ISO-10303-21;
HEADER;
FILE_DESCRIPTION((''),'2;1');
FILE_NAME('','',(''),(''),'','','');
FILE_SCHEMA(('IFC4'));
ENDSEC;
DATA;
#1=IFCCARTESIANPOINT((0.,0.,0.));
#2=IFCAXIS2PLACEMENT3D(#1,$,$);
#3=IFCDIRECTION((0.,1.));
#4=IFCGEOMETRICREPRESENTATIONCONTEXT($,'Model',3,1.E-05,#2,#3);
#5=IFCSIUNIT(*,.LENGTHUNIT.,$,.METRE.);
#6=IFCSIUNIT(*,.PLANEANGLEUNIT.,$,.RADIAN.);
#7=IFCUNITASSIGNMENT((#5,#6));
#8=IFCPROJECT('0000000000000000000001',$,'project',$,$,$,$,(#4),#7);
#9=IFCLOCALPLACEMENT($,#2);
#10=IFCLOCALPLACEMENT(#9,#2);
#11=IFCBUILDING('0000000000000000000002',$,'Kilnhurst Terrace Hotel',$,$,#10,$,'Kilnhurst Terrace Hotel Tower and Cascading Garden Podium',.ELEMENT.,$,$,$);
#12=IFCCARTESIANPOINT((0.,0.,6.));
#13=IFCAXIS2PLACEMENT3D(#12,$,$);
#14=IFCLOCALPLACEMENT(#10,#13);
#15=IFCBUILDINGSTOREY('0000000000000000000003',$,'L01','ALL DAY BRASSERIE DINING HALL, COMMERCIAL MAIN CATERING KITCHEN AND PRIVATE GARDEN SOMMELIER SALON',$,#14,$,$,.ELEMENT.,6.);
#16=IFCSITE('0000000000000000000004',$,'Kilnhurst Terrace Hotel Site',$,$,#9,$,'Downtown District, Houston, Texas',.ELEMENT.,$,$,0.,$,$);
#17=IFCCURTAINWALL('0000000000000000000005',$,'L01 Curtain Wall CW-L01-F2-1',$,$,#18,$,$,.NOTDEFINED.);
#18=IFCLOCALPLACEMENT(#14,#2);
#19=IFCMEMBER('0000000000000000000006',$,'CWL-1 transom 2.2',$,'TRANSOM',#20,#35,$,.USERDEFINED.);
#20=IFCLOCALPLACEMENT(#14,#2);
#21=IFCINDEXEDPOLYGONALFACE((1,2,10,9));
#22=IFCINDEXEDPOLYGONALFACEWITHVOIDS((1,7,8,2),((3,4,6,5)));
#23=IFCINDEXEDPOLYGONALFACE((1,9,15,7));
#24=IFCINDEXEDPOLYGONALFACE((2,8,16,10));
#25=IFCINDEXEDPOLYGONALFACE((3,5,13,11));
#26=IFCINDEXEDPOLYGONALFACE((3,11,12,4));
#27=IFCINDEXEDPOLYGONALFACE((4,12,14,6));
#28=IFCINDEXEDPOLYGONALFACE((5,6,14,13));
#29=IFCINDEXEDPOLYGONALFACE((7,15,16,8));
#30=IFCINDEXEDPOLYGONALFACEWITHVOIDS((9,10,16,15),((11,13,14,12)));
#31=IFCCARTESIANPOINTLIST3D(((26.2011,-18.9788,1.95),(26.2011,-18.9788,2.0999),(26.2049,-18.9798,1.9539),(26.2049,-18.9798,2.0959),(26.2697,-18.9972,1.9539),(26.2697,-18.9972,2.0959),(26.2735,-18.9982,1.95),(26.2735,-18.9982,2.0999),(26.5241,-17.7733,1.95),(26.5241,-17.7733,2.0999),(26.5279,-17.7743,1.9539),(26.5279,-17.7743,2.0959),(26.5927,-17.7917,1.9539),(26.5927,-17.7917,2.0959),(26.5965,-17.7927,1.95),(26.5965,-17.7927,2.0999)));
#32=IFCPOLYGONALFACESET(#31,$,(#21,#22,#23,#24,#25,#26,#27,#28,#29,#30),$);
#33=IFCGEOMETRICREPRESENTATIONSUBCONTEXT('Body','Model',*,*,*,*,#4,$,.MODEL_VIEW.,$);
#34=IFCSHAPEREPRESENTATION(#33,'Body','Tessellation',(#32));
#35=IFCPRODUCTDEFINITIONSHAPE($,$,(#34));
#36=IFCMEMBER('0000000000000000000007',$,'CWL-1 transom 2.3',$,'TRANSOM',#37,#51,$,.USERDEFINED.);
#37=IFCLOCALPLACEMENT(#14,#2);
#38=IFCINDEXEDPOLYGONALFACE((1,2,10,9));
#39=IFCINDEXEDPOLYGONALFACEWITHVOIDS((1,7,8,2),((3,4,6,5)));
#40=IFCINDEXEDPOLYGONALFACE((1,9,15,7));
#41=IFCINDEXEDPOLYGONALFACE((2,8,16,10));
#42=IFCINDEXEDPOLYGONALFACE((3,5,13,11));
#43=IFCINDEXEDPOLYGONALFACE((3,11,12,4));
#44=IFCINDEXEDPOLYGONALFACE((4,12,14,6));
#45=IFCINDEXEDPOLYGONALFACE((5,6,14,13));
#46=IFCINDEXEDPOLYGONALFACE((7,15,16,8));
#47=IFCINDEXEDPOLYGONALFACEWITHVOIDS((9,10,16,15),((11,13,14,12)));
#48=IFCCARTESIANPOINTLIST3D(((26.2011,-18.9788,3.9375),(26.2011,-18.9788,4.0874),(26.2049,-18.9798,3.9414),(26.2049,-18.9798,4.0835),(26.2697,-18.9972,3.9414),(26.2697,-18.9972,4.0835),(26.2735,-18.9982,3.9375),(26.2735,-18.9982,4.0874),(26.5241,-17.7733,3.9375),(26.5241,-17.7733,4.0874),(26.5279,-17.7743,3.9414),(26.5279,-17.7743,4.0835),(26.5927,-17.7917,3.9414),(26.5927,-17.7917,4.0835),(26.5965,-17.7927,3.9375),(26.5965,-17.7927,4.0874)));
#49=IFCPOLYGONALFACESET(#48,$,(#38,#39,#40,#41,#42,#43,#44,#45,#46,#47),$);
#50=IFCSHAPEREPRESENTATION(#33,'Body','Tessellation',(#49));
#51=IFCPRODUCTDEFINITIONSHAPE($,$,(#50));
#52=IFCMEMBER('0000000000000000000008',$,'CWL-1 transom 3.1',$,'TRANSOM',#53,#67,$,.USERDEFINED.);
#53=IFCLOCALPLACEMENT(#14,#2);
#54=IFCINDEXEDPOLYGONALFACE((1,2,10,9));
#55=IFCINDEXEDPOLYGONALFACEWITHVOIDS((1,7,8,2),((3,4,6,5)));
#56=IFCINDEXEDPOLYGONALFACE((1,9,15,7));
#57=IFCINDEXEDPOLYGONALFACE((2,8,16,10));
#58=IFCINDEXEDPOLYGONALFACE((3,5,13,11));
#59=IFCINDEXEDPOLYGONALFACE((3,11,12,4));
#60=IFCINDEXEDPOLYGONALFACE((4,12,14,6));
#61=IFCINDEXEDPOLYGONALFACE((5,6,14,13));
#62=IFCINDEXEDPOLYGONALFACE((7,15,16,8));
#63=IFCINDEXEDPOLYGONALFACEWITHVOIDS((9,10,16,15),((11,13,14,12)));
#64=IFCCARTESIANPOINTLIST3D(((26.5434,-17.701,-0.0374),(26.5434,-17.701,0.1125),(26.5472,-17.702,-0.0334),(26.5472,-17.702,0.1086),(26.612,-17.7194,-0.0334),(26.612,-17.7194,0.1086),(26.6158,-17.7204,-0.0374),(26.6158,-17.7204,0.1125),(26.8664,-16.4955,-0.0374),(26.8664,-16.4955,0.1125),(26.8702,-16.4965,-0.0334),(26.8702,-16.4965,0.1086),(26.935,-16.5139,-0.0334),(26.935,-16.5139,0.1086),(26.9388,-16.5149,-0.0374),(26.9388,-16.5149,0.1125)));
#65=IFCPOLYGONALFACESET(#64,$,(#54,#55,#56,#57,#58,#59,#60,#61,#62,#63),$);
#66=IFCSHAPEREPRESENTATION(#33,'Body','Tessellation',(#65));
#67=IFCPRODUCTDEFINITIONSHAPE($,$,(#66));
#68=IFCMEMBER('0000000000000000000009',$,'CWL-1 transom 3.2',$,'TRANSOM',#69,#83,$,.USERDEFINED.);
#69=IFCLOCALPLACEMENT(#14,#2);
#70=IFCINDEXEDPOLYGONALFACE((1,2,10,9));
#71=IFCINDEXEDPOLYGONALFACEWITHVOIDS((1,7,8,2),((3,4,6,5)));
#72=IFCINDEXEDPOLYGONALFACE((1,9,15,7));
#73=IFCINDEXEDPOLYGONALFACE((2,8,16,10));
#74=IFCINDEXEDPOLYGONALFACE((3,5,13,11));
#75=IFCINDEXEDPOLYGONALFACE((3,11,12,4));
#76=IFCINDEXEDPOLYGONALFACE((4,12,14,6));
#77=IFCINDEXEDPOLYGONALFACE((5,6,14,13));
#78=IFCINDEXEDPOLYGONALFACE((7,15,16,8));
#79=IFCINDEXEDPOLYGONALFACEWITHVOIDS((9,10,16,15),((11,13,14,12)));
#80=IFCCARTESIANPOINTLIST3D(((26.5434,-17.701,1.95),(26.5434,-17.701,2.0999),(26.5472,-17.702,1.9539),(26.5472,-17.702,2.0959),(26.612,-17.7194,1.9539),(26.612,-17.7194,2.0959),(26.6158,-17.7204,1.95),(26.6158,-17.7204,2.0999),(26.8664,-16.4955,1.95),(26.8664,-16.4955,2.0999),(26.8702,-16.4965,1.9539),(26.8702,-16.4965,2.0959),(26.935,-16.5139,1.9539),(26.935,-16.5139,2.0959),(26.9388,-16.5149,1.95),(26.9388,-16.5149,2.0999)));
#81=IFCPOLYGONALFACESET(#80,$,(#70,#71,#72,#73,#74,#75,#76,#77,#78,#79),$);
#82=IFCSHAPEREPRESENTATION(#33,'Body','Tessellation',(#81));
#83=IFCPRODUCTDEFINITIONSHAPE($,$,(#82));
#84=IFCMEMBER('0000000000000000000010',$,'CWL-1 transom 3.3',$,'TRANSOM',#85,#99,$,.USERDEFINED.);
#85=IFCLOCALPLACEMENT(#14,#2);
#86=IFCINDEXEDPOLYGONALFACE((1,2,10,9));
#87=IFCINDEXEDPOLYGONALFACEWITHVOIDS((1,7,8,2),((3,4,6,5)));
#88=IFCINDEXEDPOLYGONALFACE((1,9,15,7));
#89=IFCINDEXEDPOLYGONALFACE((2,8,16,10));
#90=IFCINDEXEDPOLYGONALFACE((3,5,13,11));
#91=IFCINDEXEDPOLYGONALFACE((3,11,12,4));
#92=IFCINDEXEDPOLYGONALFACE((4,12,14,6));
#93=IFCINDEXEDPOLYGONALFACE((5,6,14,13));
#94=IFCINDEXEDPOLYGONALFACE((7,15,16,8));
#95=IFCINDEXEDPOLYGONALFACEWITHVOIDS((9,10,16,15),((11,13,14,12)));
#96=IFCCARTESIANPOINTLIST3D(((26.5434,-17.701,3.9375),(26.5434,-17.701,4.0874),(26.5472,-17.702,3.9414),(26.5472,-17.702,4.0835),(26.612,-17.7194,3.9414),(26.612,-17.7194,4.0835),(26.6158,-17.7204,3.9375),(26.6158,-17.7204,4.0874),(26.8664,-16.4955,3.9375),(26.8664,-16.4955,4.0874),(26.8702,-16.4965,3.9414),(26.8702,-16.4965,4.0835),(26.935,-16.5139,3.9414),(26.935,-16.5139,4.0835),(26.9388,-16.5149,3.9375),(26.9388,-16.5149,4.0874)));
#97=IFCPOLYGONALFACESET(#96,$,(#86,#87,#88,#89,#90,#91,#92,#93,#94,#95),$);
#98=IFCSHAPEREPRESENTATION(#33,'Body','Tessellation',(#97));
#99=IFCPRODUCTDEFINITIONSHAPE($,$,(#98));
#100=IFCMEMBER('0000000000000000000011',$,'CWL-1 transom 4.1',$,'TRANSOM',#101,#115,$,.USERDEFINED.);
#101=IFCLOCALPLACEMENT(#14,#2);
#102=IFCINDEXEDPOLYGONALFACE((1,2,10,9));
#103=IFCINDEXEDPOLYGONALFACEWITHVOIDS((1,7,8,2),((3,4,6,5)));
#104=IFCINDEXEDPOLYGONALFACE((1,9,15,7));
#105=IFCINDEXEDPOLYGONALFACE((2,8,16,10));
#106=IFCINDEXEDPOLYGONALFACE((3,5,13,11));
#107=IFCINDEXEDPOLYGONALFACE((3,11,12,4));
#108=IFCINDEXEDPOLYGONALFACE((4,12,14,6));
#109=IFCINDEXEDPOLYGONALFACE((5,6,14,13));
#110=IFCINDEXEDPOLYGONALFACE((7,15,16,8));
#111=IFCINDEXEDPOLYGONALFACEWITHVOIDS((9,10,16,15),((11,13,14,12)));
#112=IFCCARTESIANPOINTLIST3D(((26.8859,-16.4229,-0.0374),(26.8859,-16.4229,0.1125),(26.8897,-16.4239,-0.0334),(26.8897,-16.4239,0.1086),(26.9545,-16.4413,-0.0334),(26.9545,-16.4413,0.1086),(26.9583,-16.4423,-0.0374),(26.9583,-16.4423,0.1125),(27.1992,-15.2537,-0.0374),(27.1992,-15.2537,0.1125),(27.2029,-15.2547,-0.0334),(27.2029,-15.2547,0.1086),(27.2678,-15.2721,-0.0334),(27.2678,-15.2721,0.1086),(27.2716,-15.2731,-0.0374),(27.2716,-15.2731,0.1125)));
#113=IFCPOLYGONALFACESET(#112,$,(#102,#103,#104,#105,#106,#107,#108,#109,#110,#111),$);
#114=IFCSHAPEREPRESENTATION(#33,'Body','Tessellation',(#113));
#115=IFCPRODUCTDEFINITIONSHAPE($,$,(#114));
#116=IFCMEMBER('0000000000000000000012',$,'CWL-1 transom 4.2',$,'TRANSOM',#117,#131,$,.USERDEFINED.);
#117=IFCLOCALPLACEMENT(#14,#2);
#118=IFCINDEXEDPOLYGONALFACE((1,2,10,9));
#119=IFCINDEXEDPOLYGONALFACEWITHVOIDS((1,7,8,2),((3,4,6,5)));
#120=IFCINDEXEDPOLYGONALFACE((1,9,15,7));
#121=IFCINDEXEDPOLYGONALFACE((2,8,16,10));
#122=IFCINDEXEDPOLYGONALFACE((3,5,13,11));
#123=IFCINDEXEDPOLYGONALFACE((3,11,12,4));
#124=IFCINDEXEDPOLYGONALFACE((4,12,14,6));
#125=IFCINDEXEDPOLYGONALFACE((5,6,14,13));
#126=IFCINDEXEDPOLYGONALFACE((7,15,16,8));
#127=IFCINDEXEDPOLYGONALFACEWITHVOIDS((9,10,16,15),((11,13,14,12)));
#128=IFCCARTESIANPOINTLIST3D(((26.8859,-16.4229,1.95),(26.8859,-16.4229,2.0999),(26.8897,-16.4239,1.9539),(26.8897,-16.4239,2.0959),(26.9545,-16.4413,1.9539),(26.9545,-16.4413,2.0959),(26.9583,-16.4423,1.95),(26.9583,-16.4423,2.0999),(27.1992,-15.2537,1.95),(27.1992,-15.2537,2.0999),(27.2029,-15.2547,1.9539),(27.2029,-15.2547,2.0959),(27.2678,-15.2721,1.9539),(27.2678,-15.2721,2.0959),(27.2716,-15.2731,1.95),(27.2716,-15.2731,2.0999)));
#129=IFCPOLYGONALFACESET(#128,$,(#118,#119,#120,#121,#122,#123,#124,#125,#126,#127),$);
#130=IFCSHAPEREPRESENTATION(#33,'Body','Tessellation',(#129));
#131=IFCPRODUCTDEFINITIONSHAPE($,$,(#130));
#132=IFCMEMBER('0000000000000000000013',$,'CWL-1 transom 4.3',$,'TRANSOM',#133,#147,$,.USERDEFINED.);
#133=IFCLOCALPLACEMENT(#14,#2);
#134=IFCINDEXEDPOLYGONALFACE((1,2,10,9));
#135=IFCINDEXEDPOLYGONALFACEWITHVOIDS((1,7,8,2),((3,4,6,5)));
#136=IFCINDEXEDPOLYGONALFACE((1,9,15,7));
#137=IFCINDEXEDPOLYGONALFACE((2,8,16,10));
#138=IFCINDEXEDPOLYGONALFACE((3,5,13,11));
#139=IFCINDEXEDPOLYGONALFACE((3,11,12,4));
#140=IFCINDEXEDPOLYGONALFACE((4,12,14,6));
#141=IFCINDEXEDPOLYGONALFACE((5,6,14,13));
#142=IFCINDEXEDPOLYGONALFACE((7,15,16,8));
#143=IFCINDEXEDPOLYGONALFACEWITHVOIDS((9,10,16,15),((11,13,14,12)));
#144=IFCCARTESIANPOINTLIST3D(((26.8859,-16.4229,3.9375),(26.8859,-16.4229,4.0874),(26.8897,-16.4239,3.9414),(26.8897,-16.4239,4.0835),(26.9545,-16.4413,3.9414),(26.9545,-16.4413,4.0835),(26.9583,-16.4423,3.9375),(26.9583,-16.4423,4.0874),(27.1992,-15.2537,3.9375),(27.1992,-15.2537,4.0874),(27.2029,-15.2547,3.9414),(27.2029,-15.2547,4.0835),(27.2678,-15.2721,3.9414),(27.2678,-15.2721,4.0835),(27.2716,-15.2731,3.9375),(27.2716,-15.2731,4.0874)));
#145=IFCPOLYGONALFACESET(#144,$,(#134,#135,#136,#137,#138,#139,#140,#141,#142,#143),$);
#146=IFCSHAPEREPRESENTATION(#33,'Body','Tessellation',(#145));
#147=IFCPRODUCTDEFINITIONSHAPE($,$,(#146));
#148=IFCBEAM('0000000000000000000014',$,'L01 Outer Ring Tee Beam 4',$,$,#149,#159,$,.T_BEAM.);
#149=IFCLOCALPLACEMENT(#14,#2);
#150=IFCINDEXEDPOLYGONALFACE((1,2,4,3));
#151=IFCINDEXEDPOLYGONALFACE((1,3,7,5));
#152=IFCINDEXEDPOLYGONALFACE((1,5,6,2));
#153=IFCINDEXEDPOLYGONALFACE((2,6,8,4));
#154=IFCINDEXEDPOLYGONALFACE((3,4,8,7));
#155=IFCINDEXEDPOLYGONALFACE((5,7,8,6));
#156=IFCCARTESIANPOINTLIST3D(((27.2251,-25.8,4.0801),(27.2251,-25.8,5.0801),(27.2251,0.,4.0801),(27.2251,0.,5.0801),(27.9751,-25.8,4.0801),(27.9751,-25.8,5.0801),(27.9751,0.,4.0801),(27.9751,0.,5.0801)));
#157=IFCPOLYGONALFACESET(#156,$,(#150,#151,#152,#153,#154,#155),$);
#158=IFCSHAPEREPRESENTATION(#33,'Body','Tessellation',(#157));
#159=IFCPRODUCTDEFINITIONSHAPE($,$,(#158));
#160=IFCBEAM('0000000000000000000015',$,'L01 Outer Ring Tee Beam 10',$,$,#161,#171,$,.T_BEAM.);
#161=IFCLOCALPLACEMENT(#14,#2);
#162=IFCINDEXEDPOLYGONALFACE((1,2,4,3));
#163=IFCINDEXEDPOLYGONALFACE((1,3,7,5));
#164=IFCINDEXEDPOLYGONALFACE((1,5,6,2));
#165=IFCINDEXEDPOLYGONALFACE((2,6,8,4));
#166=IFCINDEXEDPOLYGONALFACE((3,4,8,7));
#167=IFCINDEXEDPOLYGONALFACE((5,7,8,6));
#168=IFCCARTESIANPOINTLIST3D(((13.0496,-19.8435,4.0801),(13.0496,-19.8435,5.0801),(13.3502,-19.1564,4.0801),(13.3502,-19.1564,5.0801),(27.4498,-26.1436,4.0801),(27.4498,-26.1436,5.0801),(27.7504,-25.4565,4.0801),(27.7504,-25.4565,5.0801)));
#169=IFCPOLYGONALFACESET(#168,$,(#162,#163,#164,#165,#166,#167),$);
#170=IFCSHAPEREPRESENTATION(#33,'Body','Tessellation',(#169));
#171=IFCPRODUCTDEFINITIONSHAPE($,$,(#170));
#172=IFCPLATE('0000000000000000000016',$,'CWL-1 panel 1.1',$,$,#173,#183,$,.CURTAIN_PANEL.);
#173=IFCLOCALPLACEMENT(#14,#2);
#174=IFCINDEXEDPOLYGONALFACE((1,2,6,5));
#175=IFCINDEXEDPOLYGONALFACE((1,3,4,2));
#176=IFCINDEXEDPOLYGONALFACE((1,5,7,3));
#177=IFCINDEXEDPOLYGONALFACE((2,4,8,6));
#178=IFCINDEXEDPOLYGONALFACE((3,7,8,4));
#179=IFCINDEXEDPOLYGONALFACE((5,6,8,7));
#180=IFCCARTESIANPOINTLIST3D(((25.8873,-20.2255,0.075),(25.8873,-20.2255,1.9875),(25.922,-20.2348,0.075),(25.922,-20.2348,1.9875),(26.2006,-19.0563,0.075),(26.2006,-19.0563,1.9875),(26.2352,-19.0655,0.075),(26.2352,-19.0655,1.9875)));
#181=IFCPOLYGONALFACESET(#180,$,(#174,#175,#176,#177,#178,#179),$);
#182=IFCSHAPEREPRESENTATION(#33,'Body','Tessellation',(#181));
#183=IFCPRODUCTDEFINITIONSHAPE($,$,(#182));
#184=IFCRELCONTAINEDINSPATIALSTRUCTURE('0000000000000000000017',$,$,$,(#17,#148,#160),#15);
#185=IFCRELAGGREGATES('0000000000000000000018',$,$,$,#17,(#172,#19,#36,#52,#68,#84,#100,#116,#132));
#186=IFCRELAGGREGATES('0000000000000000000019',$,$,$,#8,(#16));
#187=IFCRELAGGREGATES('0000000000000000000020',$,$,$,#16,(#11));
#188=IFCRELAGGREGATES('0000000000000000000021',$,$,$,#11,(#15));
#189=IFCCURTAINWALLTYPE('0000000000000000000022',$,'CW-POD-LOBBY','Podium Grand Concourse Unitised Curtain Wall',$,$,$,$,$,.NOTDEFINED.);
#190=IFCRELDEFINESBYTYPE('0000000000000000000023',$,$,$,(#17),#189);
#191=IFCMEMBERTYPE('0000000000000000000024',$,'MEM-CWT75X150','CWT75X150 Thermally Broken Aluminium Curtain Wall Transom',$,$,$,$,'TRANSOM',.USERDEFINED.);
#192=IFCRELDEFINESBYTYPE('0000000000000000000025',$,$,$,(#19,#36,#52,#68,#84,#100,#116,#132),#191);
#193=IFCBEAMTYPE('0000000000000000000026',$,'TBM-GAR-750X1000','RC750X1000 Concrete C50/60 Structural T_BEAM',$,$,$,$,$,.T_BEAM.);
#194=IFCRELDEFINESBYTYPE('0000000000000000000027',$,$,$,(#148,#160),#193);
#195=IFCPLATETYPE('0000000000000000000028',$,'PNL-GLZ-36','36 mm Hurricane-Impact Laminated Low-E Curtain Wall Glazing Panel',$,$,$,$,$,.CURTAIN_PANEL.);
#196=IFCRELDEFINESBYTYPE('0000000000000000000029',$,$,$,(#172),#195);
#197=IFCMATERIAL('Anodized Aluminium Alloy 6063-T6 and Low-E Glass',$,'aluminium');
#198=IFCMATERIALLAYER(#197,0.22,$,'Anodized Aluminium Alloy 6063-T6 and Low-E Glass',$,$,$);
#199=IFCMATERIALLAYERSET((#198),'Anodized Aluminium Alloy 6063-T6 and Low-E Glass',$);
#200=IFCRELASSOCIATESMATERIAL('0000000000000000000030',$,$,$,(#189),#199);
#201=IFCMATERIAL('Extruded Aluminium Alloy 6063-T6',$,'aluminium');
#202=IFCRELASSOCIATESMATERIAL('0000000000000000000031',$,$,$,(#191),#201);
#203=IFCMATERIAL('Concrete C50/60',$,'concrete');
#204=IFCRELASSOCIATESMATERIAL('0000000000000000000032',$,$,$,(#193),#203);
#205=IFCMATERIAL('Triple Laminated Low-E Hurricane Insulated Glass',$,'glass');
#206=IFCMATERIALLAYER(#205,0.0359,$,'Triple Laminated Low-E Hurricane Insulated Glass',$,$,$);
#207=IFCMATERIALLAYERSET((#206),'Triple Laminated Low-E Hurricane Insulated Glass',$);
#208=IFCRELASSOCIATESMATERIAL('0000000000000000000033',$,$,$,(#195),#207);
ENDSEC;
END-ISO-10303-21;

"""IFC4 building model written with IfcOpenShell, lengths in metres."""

from ifc_helpers import new_model, si_unit, direction, frame, origin, origin_2d, place, context, subcontext, project, spatial, rectangle, hollow_rectangle, extrude, material, layer, layer_set, material_profile, profile_set, type_object, element, aggregate, save


model = new_model("IFC4")

# Units and contexts
model_context = context("Model", 3, precision=1e-05, world=origin(), true_north=direction((0.0, 1.0)))
body_context = subcontext(model_context, "Body", "Model", "MODEL_VIEW")
ifc_project = project(units=[si_unit("LENGTHUNIT", "METRE"), si_unit("PLANEANGLEUNIT", "RADIAN")], contexts=[model_context])

# Site, building, storey
site_placement = place(None, origin())
site = spatial("IfcSite", under=ifc_project, at=site_placement, Name="Kilnhurst Terrace Hotel Site", LongName="Downtown District, Houston, Texas", CompositionType="ELEMENT", RefElevation=0.0)
building_placement = place(site_placement, origin())
building = spatial("IfcBuilding", under=site, at=building_placement, Name="Kilnhurst Terrace Hotel", LongName="Kilnhurst Terrace Hotel Tower and Cascading Garden Podium", CompositionType="ELEMENT")
storey_placement = place(building_placement, frame((0.0, 0.0, 6.0)))
storey = spatial("IfcBuildingStorey", under=building, at=storey_placement, Name="L01", Description="ALL DAY BRASSERIE DINING HALL, COMMERCIAL MAIN CATERING KITCHEN AND PRIVATE GARDEN SOMMELIER SALON", CompositionType="ELEMENT", Elevation=6.0)

# Curtain wall, members
ifc_material_1 = material(Name="Anodized Aluminium Alloy 6063-T6 and Low-E Glass", Category="aluminium")
ifc_layer_1 = layer(ifc_material_1, 0.22, Name="Anodized Aluminium Alloy 6063-T6 and Low-E Glass")
ifc_layer_set_1 = layer_set([ifc_layer_1], Name="Anodized Aluminium Alloy 6063-T6 and Low-E Glass")
curtain_wall_type = type_object("IfcCurtainWallType", Name="CW-POD-LOBBY", Description="Podium Grand Concourse Unitised Curtain Wall", PredefinedType="NOTDEFINED", material=ifc_layer_set_1)
curtain_wall_placement = place(storey_placement, origin())
curtain_wall = element("IfcCurtainWall", 1, at=curtain_wall_placement, inside=storey, type_object=curtain_wall_type, Name="L01 Curtain Wall CW-L01-F2-1", PredefinedType="NOTDEFINED")
ifc_material_2 = material(Name="Extruded Aluminium Alloy 6063-T6", Category="aluminium")
ifc_material_profile_1 = material_profile(ifc_material_2, hollow_rectangle(XDim=0.075, YDim=0.1499, WallThickness=0.0039, at=origin_2d()), Name="CWT75X150")
ifc_profile_set_1 = profile_set([ifc_material_profile_1], Name="Extruded Aluminium Alloy 6063-T6")
member_type_1 = type_object("IfcMemberType", Name="MEM-CWT75X150", Description="CWT75X150 Thermally Broken Aluminium Curtain Wall Transom", ElementType="TRANSOM", PredefinedType="USERDEFINED", material=ifc_profile_set_1)
member_1_placement = place(storey_placement, frame((26.2373, -18.9885, 2.0249), z_axis=(0.258795, 0.965932, 0.0), x_axis=(-0.965932, 0.258795, 0.0)))
member_1 = element("IfcMember", 2, at=member_1_placement, type_object=member_type_1, Name="CWL-1 transom 2.2", ObjectType="TRANSOM", PredefinedType="USERDEFINED", context=body_context, shape_type="SweptSolid", body=[
    extrude(hollow_rectangle(XDim=0.075, YDim=0.1499, WallThickness=0.0039, at=origin_2d()), origin(), (0.0, 0.0, 1.0), 1.248),
])
member_2_placement = place(storey_placement, frame((26.2373, -18.9885, 4.0125), z_axis=(0.258795, 0.965932, 0.0), x_axis=(-0.965932, 0.258795, 0.0)))
member_2 = element("IfcMember", 3, at=member_2_placement, type_object=member_type_1, Name="CWL-1 transom 2.3", ObjectType="TRANSOM", PredefinedType="USERDEFINED", context=body_context, shape_type="SweptSolid", body=[
    extrude(hollow_rectangle(XDim=0.075, YDim=0.1499, WallThickness=0.0039, at=origin_2d()), origin(), (0.0, 0.0, 1.0), 1.248),
])
member_3_placement = place(storey_placement, frame((26.5796, -17.7107, 0.0376), z_axis=(0.258795, 0.965932, 0.0), x_axis=(-0.965932, 0.258795, 0.0)))
member_3 = element("IfcMember", 4, at=member_3_placement, type_object=member_type_1, Name="CWL-1 transom 3.1", ObjectType="TRANSOM", PredefinedType="USERDEFINED", context=body_context, shape_type="SweptSolid", body=[
    extrude(hollow_rectangle(XDim=0.075, YDim=0.1499, WallThickness=0.0039, at=origin_2d()), origin(), (0.0, 0.0, 1.0), 1.248),
])
member_4_placement = place(storey_placement, frame((26.5796, -17.7107, 2.0249), z_axis=(0.258795, 0.965932, 0.0), x_axis=(-0.965932, 0.258795, 0.0)))
member_4 = element("IfcMember", 5, at=member_4_placement, type_object=member_type_1, Name="CWL-1 transom 3.2", ObjectType="TRANSOM", PredefinedType="USERDEFINED", context=body_context, shape_type="SweptSolid", body=[
    extrude(hollow_rectangle(XDim=0.075, YDim=0.1499, WallThickness=0.0039, at=origin_2d()), origin(), (0.0, 0.0, 1.0), 1.248),
])
member_5_placement = place(storey_placement, frame((26.5796, -17.7107, 4.0125), z_axis=(0.258795, 0.965932, 0.0), x_axis=(-0.965932, 0.258795, 0.0)))
member_5 = element("IfcMember", 6, at=member_5_placement, type_object=member_type_1, Name="CWL-1 transom 3.3", ObjectType="TRANSOM", PredefinedType="USERDEFINED", context=body_context, shape_type="SweptSolid", body=[
    extrude(hollow_rectangle(XDim=0.075, YDim=0.1499, WallThickness=0.0039, at=origin_2d()), origin(), (0.0, 0.0, 1.0), 1.248),
])
member_6_placement = place(storey_placement, frame((26.9221, -16.4326, 0.0376), z_axis=(0.25878, 0.965936, 0.0), x_axis=(-0.965936, 0.25878, 0.0)))
member_6 = element("IfcMember", 7, at=member_6_placement, type_object=member_type_1, Name="CWL-1 transom 4.1", ObjectType="TRANSOM", PredefinedType="USERDEFINED", context=body_context, shape_type="SweptSolid", body=[
    extrude(hollow_rectangle(XDim=0.075, YDim=0.1499, WallThickness=0.0039, at=origin_2d()), origin(), (0.0, 0.0, 1.0), 1.2104),
])
member_7_placement = place(storey_placement, frame((26.9221, -16.4326, 2.0249), z_axis=(0.25878, 0.965936, 0.0), x_axis=(-0.965936, 0.25878, 0.0)))
member_7 = element("IfcMember", 8, at=member_7_placement, type_object=member_type_1, Name="CWL-1 transom 4.2", ObjectType="TRANSOM", PredefinedType="USERDEFINED", context=body_context, shape_type="SweptSolid", body=[
    extrude(hollow_rectangle(XDim=0.075, YDim=0.1499, WallThickness=0.0039, at=origin_2d()), origin(), (0.0, 0.0, 1.0), 1.2104),
])
member_8_placement = place(storey_placement, frame((26.9221, -16.4326, 4.0125), z_axis=(0.25878, 0.965936, 0.0), x_axis=(-0.965936, 0.25878, 0.0)))
member_8 = element("IfcMember", 9, at=member_8_placement, type_object=member_type_1, Name="CWL-1 transom 4.3", ObjectType="TRANSOM", PredefinedType="USERDEFINED", context=body_context, shape_type="SweptSolid", body=[
    extrude(hollow_rectangle(XDim=0.075, YDim=0.1499, WallThickness=0.0039, at=origin_2d()), origin(), (0.0, 0.0, 1.0), 1.2104),
])

# Beams
ifc_material_3 = material(Name="Concrete C50/60", Category="concrete")
ifc_material_profile_2 = material_profile(ifc_material_3, rectangle(XDim=0.75, YDim=1.0, at=origin_2d()), Name="RC750X1000")
ifc_profile_set_2 = profile_set([ifc_material_profile_2], Name="Concrete C50/60")
beam_type = type_object("IfcBeamType", Name="TBM-GAR-750X1000", Description="RC750X1000 Concrete C50/60 Structural T_BEAM", PredefinedType="T_BEAM", material=ifc_profile_set_2)
beam_1_placement = place(storey_placement, frame((27.6001, -25.8, 4.5801), z_axis=(0.0, 1.0, 0.0), x_axis=(-1.0, 0.0, 0.0)))
element("IfcBeam", 10, at=beam_1_placement, inside=storey, type_object=beam_type, Name="L01 Outer Ring Tee Beam 4", PredefinedType="T_BEAM", context=body_context, shape_type="SweptSolid", body=[
    extrude(rectangle(XDim=0.75, YDim=1.0, at=origin_2d()), origin(), (0.0, 0.0, 1.0), 25.8),
])
beam_2_placement = place(storey_placement, frame((27.6001, -25.8, 4.5801), z_axis=(-0.916158, 0.400818, 0.0), x_axis=(-0.400818, -0.916158, 0.0)))
element("IfcBeam", 11, at=beam_2_placement, inside=storey, type_object=beam_type, Name="L01 Outer Ring Tee Beam 10", PredefinedType="T_BEAM", context=body_context, shape_type="SweptSolid", body=[
    extrude(rectangle(XDim=0.75, YDim=1.0, at=origin_2d()), origin(), (0.0, 0.0, 1.0), 15.718),
])

# Plate
ifc_material_4 = material(Name="Triple Laminated Low-E Hurricane Insulated Glass", Category="glass")
ifc_layer_2 = layer(ifc_material_4, 0.0359, Name="Triple Laminated Low-E Hurricane Insulated Glass")
ifc_layer_set_2 = layer_set([ifc_layer_2], Name="Triple Laminated Low-E Hurricane Insulated Glass")
plate_type = type_object("IfcPlateType", Name="PNL-GLZ-36", Description="36 mm Hurricane-Impact Laminated Low-E Curtain Wall Glazing Panel", PredefinedType="CURTAIN_PANEL", material=ifc_layer_set_2)
plate_1_placement = place(storey_placement, frame((26.0613, -19.6455, 0.075), z_axis=(0.0, 0.0, 1.0), x_axis=(0.258806, 0.965929, 0.0)))
plate_1 = element("IfcPlate", 12, at=plate_1_placement, type_object=plate_type, Name="CWL-1 panel 1.1", PredefinedType="CURTAIN_PANEL", context=body_context, shape_type="SweptSolid", body=[
    extrude(rectangle(XDim=1.2104, YDim=0.0359, at=origin_2d()), origin(), (0.0, 0.0, 1.0), 1.9126),
])
aggregate(curtain_wall, [plate_1, member_1, member_2, member_3, member_4, member_5, member_6, member_7, member_8])

save(model, "model.ifc")
